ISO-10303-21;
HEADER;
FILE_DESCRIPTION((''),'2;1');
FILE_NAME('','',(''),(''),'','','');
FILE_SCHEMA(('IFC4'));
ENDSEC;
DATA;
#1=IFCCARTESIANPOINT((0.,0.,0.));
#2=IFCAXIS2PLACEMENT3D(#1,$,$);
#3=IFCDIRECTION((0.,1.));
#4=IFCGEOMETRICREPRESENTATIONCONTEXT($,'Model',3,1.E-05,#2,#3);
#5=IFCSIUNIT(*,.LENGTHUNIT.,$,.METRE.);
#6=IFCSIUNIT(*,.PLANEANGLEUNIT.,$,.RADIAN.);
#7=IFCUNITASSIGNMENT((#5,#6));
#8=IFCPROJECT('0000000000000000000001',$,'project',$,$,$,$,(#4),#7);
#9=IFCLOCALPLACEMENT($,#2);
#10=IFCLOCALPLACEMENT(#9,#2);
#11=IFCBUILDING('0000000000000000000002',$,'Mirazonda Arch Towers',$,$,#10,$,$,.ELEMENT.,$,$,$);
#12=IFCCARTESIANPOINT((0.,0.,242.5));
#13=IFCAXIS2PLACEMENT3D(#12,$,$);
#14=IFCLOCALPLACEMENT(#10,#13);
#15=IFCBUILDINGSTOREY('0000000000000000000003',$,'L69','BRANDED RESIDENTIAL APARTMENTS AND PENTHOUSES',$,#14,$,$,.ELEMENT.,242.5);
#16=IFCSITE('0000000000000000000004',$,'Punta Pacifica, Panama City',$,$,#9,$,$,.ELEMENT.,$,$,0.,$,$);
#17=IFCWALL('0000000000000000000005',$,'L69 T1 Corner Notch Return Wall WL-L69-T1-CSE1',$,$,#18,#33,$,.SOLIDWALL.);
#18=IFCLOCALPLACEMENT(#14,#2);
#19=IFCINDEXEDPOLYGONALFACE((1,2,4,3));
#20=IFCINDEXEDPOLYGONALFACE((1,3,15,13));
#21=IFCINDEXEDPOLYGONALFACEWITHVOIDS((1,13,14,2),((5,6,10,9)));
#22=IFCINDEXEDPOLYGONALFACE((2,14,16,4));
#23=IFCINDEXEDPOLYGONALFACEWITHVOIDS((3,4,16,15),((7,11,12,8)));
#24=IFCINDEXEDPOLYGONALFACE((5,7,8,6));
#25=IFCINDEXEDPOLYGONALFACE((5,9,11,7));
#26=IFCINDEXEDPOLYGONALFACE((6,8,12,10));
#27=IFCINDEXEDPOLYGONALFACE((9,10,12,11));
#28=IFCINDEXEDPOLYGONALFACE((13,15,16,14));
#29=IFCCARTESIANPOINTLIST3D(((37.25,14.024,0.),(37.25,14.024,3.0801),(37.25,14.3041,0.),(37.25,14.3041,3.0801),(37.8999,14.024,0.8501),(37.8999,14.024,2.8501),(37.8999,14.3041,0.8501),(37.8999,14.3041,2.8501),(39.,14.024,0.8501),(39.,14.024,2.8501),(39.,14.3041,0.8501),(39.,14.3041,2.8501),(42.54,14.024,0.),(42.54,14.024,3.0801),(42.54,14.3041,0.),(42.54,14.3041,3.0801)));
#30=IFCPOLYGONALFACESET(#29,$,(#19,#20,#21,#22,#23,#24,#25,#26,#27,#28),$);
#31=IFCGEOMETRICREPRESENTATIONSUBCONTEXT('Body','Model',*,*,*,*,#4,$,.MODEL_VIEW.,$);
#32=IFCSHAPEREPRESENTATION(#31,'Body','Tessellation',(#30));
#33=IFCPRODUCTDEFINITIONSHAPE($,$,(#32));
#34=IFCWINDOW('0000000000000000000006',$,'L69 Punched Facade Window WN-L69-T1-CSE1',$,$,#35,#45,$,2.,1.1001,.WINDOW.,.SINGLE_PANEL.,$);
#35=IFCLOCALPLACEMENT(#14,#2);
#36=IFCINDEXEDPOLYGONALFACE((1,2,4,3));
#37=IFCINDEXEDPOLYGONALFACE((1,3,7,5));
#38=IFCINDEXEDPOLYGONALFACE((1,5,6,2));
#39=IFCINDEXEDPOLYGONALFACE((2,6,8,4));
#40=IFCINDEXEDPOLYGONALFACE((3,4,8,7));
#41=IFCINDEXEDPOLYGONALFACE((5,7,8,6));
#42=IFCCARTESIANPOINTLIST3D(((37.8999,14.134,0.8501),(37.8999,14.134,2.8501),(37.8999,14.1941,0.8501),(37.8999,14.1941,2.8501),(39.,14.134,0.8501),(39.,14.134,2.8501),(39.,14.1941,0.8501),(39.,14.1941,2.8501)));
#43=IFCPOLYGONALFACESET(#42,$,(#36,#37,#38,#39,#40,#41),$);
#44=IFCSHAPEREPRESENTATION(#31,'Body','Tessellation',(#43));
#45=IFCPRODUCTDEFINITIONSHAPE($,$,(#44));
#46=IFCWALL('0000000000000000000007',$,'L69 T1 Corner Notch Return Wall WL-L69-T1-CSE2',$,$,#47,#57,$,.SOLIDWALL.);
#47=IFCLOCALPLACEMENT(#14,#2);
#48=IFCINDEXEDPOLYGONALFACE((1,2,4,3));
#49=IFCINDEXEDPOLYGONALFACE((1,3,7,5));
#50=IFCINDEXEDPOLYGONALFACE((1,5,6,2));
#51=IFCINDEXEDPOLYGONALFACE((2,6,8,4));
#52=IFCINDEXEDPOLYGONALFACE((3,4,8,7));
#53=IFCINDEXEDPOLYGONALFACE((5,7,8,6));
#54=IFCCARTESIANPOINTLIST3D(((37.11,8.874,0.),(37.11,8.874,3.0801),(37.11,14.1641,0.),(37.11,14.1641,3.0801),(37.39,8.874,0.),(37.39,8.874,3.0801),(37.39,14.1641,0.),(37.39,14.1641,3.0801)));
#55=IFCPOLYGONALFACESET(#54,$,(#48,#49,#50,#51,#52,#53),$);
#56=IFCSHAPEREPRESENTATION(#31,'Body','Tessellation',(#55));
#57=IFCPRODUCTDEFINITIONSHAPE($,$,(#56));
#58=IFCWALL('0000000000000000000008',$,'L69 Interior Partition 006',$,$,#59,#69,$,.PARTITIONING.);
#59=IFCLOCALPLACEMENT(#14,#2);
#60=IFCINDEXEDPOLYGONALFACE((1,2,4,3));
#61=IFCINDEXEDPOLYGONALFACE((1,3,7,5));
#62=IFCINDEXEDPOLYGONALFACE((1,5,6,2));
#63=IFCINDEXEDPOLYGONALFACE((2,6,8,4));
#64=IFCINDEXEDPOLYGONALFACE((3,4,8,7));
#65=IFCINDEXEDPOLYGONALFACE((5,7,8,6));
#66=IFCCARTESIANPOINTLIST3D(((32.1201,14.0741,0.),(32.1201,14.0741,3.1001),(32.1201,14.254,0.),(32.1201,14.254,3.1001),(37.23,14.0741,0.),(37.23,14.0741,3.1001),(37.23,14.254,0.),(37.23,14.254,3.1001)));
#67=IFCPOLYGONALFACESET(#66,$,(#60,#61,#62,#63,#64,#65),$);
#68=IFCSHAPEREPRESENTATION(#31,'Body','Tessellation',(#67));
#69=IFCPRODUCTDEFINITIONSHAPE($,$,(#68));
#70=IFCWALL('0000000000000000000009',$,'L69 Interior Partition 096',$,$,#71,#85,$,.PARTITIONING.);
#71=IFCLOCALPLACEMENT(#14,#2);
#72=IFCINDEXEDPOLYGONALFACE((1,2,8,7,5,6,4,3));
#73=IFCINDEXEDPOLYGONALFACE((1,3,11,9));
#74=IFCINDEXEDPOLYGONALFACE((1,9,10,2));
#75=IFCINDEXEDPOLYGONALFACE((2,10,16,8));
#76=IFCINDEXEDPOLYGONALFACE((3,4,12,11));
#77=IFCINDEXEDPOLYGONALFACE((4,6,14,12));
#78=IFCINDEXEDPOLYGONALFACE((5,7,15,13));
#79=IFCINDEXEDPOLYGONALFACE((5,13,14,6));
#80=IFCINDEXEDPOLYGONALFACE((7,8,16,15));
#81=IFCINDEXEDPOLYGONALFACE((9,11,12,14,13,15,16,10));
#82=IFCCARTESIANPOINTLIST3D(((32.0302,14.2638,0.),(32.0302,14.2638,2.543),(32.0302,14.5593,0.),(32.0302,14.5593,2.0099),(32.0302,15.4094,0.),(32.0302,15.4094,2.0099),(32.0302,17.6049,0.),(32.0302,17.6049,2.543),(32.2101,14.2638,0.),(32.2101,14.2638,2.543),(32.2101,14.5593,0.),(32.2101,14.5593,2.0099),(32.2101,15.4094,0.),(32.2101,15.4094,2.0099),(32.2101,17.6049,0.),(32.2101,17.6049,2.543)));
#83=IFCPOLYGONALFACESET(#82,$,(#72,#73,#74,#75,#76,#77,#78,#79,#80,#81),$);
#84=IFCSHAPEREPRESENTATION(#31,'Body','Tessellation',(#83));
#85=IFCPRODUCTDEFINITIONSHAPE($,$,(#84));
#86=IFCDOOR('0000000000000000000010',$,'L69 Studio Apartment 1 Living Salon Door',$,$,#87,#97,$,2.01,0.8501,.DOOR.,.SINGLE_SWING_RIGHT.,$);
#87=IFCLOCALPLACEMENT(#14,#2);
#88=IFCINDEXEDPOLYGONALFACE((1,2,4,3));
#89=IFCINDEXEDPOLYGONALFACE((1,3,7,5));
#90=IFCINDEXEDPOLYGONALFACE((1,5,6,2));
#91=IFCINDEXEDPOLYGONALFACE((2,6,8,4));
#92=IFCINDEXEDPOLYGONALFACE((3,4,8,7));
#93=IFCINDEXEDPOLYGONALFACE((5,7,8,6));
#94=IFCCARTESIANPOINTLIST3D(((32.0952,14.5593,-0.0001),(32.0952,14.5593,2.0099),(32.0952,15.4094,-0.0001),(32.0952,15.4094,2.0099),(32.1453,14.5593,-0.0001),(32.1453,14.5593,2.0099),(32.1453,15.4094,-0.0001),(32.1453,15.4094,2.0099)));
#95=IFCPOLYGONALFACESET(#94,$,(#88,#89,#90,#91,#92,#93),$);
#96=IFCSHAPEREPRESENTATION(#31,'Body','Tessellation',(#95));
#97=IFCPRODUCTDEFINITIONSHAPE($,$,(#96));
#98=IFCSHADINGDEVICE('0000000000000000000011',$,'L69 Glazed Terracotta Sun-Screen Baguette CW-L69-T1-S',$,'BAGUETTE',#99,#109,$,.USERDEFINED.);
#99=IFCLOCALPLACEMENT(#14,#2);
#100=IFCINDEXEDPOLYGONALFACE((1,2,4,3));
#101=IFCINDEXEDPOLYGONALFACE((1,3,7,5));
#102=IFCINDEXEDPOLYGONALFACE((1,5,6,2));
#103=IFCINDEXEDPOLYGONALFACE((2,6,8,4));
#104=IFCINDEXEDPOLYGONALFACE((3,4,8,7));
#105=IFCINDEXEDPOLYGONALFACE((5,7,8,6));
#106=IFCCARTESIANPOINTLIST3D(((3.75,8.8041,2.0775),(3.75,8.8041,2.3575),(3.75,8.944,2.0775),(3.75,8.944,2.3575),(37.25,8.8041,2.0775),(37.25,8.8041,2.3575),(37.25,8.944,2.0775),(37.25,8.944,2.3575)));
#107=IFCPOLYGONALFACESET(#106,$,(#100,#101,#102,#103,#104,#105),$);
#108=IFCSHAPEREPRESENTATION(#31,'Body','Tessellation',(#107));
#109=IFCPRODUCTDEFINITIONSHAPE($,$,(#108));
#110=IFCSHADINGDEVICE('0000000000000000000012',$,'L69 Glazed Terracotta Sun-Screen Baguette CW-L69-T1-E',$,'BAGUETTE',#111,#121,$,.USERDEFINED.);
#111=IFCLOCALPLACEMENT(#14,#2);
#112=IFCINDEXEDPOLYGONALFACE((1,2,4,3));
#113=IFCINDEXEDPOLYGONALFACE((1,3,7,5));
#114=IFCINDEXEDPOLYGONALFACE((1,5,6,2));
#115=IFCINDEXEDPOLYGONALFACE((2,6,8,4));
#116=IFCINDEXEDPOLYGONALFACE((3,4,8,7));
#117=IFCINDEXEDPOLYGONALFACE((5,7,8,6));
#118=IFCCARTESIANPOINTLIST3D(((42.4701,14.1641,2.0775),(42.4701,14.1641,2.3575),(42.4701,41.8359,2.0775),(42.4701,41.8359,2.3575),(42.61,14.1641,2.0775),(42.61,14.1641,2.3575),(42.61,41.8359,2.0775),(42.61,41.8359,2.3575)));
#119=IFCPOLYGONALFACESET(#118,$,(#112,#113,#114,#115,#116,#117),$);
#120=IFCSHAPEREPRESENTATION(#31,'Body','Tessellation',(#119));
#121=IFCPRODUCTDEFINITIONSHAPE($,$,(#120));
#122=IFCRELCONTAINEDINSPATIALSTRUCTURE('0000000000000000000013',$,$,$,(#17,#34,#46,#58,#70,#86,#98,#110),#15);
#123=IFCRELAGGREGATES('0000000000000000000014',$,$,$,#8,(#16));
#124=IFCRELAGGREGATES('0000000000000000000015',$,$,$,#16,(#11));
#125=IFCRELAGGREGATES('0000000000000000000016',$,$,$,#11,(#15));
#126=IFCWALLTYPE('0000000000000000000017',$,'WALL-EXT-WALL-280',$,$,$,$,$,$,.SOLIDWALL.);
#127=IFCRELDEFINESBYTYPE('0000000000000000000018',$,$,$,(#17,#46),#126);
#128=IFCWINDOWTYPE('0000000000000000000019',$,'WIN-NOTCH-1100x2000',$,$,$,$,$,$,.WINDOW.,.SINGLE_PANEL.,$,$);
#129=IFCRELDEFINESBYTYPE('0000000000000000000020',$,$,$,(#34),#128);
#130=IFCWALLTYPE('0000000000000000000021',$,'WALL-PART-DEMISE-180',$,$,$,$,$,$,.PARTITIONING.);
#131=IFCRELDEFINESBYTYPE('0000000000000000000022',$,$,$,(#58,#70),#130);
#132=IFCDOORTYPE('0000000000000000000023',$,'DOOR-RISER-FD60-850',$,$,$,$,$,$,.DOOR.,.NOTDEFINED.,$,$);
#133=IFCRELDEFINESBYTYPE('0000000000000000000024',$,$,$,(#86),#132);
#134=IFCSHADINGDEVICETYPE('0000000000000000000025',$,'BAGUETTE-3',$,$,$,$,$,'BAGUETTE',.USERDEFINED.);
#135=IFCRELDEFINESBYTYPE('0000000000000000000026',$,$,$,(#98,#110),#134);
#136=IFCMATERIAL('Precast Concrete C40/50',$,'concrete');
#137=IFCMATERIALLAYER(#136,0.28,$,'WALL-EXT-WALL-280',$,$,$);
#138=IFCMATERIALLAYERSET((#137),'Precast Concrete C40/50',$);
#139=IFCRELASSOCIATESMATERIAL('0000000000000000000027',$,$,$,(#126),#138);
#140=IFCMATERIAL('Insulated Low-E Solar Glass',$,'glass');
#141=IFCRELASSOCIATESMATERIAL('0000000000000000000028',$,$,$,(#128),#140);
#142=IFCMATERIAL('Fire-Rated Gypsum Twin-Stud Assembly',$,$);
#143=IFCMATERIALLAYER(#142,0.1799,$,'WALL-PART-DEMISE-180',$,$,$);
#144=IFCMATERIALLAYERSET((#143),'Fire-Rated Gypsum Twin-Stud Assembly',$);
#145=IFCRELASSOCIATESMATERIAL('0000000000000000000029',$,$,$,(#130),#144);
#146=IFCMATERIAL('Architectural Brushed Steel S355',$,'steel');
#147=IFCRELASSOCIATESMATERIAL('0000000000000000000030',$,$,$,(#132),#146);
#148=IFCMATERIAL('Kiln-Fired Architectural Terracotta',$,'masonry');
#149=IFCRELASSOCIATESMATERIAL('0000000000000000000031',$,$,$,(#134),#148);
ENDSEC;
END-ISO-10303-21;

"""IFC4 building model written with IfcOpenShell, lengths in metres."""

from ifc_helpers import new_model, si_unit, direction, frame, frame_2d, origin, origin_2d, place, context, subcontext, project, spatial, rectangle, extrude, material, layer, layer_set, material_profile, profile_set, type_object, element, fill, save


model = new_model("IFC4")

# Units and contexts
model_context = context("Model", 3, precision=1e-05, world=origin(), true_north=direction((0.0, 1.0)))
body_context = subcontext(model_context, "Body", "Model", "MODEL_VIEW")
ifc_project = project(units=[si_unit("LENGTHUNIT", "METRE"), si_unit("PLANEANGLEUNIT", "RADIAN")], contexts=[model_context])

# Site, building, storey
site_placement = place(None, origin())
site = spatial("IfcSite", under=ifc_project, at=site_placement, Name="Punta Pacifica, Panama City", CompositionType="ELEMENT", RefElevation=0.0)
building_placement = place(site_placement, origin())
building = spatial("IfcBuilding", under=site, at=building_placement, Name="Mirazonda Arch Towers", CompositionType="ELEMENT")
storey_placement = place(building_placement, frame((0.0, 0.0, 242.5)))
storey = spatial("IfcBuildingStorey", under=building, at=storey_placement, Name="L69", Description="BRANDED RESIDENTIAL APARTMENTS AND PENTHOUSES", CompositionType="ELEMENT", Elevation=242.5)

# Shared definitions
ifc_material_1 = material(Name="Insulated Low-E Solar Glass", Category="glass")

# Wall, opening, window
ifc_material_2 = material(Name="Precast Concrete C40/50", Category="concrete")
ifc_layer_1 = layer(ifc_material_2, 0.28, Name="WALL-EXT-WALL-280")
ifc_layer_set_1 = layer_set([ifc_layer_1], Name="Precast Concrete C40/50")
wall_type_1 = type_object("IfcWallType", Name="WALL-EXT-WALL-280", PredefinedType="SOLIDWALL", material=ifc_layer_set_1)
wall_1_placement = place(storey_placement, frame((37.25, 14.1641, 0.0), z_axis=(0.0, 0.0, 1.0), x_axis=(1.0, 0.0, 0.0)))
wall_1 = element("IfcWall", 1, at=wall_1_placement, inside=storey, type_object=wall_type_1, Name="L69 T1 Corner Notch Return Wall WL-L69-T1-CSE1", PredefinedType="SOLIDWALL", context=body_context, shape_type="SweptSolid", body=[
    extrude(rectangle(XDim=5.29, YDim=0.28, at=frame_2d((2.645, 0.0))), origin(), (0.0, 0.0, 1.0), 3.0801),
])
opening_1_placement = place(wall_1_placement, frame((0.6499, 0.0, 0.8501)))
opening_1 = element("IfcOpeningElement", 2, at=opening_1_placement, cuts=wall_1, PredefinedType="OPENING", context=body_context, shape_type="SweptSolid", body=[
    extrude(rectangle(XDim=1.1001, YDim=2.0, at=frame_2d((0.55, 1.0))), frame((0.0, 0.1499, 0.0), z_axis=(0.0, -1.0, 0.0), x_axis=(1.0, 0.0, 0.0)), (0.0, 0.0, 1.0), 0.3),
])
window_type = type_object("IfcWindowType", Name="WIN-NOTCH-1100x2000", PartitioningType="SINGLE_PANEL", PredefinedType="WINDOW", material=ifc_material_1)
window_placement = place(opening_1_placement, origin())
window = element("IfcWindow", 3, at=window_placement, inside=storey, type_object=window_type, Name="L69 Punched Facade Window WN-L69-T1-CSE1", OverallHeight=2.0, OverallWidth=1.1001, PartitioningType="SINGLE_PANEL", PredefinedType="WINDOW", context=body_context, shape_type="SweptSolid", body=[
    extrude(rectangle(XDim=1.1001, YDim=2.0, at=frame_2d((0.55, 1.0))), frame((0.0, 0.03, 0.0), z_axis=(0.0, -1.0, 0.0), x_axis=(1.0, 0.0, 0.0)), (0.0, 0.0, 1.0), 0.0601),
])
fill(opening_1, window)

# Walls
wall_2_placement = place(storey_placement, frame((37.25, 8.874, 0.0), z_axis=(0.0, 0.0, 1.0), x_axis=(0.0, 1.0, 0.0)))
element("IfcWall", 4, at=wall_2_placement, inside=storey, type_object=wall_type_1, Name="L69 T1 Corner Notch Return Wall WL-L69-T1-CSE2", PredefinedType="SOLIDWALL", context=body_context, shape_type="SweptSolid", body=[
    extrude(rectangle(XDim=5.29, YDim=0.28, at=frame_2d((2.645, 0.0))), origin(), (0.0, 0.0, 1.0), 3.0801),
])
ifc_material_3 = material(Name="Fire-Rated Gypsum Twin-Stud Assembly")
ifc_layer_2 = layer(ifc_material_3, 0.1799, Name="WALL-PART-DEMISE-180")
ifc_layer_set_2 = layer_set([ifc_layer_2], Name="Fire-Rated Gypsum Twin-Stud Assembly")
wall_type_2 = type_object("IfcWallType", Name="WALL-PART-DEMISE-180", PredefinedType="PARTITIONING", material=ifc_layer_set_2)
wall_3_placement = place(storey_placement, frame((32.1201, 14.1641, 0.0), z_axis=(0.0, 0.0, 1.0), x_axis=(1.0, 0.0, 0.0)))
element("IfcWall", 5, at=wall_3_placement, inside=storey, type_object=wall_type_2, Name="L69 Interior Partition 006", PredefinedType="PARTITIONING", context=body_context, shape_type="SweptSolid", body=[
    extrude(rectangle(XDim=5.1099, YDim=0.1799, at=frame_2d((2.5549, 0.0))), origin(), (0.0, 0.0, 1.0), 3.1001),
])

# Wall, opening, door
ifc_material_4 = material(Name="Architectural Brushed Steel S355", Category="steel")
wall_4_placement = place(storey_placement, frame((32.1201, 14.2639, 0.0), z_axis=(0.0, 0.0, 1.0), x_axis=(0.0, 1.0, 0.0)))
wall_4 = element("IfcWall", 6, at=wall_4_placement, inside=storey, type_object=wall_type_2, Name="L69 Interior Partition 096", PredefinedType="PARTITIONING", context=body_context, shape_type="SweptSolid", body=[
    extrude(rectangle(XDim=3.3411, YDim=0.1799, at=frame_2d((1.6704, 0.0))), origin(), (0.0, 0.0, 1.0), 2.543),
])
opening_2_placement = place(wall_4_placement, frame((0.2954, 0.0, 0.0)))
opening_2 = element("IfcOpeningElement", 7, at=opening_2_placement, cuts=wall_4, PredefinedType="OPENING", context=body_context, shape_type="SweptSolid", body=[
    extrude(rectangle(XDim=0.8501, YDim=2.01, at=frame_2d((0.425, 1.0049))), frame((0.0, 0.0999, 0.0), z_axis=(0.0, -1.0, 0.0), x_axis=(1.0, 0.0, 0.0)), (0.0, 0.0, 1.0), 0.2),
])
door_type_1 = type_object("IfcDoorType", Name="DOOR-RISER-FD60-850", OperationType="NOTDEFINED", PredefinedType="DOOR", material=ifc_material_4)
door_1_placement = place(opening_2_placement, origin())
door_1 = element("IfcDoor", 8, at=door_1_placement, inside=storey, type_object=door_type_1, Name="L69 Studio Apartment 1 Living Salon Door", OperationType="SINGLE_SWING_RIGHT", OverallHeight=2.01, OverallWidth=0.8501, PredefinedType="DOOR", context=body_context, shape_type="SweptSolid", body=[
    extrude(rectangle(XDim=0.8501, YDim=2.01, at=frame_2d((0.425, 1.0049))), frame((0.0, 0.0249, 0.0), z_axis=(0.0, -1.0, 0.0), x_axis=(1.0, 0.0, 0.0)), (0.0, 0.0, 1.0), 0.05),
])
fill(opening_2, door_1)

# Shading devices
ifc_material_5 = material(Name="Kiln-Fired Architectural Terracotta", Category="masonry")
ifc_material_profile_1 = material_profile(ifc_material_5, rectangle(XDim=0.1399, YDim=0.28, at=origin_2d()), Name="TERRA-BAG-140x280")
ifc_profile_set_1 = profile_set([ifc_material_profile_1], Name="Kiln-Fired Architectural Terracotta")
shading_device_type = type_object("IfcShadingDeviceType", Name="BAGUETTE-3", ElementType="BAGUETTE", PredefinedType="USERDEFINED", material=ifc_profile_set_1)
shading_device_1_placement = place(storey_placement, frame((37.25, 8.874, 2.2175), z_axis=(-1.0, 0.0, 0.0), x_axis=(0.0, -1.0, 0.0)))
element("IfcShadingDevice", 9, at=shading_device_1_placement, inside=storey, type_object=shading_device_type, Name="L69 Glazed Terracotta Sun-Screen Baguette CW-L69-T1-S", ObjectType="BAGUETTE", PredefinedType="USERDEFINED", context=body_context, shape_type="SweptSolid", body=[
    extrude(rectangle(XDim=0.1399, YDim=0.28, at=origin_2d()), origin(), (0.0, 0.0, 1.0), 33.5),
])
shading_device_2_placement = place(storey_placement, frame((42.54, 14.1641, 2.2175), z_axis=(0.0, 1.0, 0.0), x_axis=(-1.0, 0.0, 0.0)))
element("IfcShadingDevice", 10, at=shading_device_2_placement, inside=storey, type_object=shading_device_type, Name="L69 Glazed Terracotta Sun-Screen Baguette CW-L69-T1-E", ObjectType="BAGUETTE", PredefinedType="USERDEFINED", context=body_context, shape_type="SweptSolid", body=[
    extrude(rectangle(XDim=0.1399, YDim=0.28, at=origin_2d()), origin(), (0.0, 0.0, 1.0), 27.6719),
])

save(model, "model.ifc")
